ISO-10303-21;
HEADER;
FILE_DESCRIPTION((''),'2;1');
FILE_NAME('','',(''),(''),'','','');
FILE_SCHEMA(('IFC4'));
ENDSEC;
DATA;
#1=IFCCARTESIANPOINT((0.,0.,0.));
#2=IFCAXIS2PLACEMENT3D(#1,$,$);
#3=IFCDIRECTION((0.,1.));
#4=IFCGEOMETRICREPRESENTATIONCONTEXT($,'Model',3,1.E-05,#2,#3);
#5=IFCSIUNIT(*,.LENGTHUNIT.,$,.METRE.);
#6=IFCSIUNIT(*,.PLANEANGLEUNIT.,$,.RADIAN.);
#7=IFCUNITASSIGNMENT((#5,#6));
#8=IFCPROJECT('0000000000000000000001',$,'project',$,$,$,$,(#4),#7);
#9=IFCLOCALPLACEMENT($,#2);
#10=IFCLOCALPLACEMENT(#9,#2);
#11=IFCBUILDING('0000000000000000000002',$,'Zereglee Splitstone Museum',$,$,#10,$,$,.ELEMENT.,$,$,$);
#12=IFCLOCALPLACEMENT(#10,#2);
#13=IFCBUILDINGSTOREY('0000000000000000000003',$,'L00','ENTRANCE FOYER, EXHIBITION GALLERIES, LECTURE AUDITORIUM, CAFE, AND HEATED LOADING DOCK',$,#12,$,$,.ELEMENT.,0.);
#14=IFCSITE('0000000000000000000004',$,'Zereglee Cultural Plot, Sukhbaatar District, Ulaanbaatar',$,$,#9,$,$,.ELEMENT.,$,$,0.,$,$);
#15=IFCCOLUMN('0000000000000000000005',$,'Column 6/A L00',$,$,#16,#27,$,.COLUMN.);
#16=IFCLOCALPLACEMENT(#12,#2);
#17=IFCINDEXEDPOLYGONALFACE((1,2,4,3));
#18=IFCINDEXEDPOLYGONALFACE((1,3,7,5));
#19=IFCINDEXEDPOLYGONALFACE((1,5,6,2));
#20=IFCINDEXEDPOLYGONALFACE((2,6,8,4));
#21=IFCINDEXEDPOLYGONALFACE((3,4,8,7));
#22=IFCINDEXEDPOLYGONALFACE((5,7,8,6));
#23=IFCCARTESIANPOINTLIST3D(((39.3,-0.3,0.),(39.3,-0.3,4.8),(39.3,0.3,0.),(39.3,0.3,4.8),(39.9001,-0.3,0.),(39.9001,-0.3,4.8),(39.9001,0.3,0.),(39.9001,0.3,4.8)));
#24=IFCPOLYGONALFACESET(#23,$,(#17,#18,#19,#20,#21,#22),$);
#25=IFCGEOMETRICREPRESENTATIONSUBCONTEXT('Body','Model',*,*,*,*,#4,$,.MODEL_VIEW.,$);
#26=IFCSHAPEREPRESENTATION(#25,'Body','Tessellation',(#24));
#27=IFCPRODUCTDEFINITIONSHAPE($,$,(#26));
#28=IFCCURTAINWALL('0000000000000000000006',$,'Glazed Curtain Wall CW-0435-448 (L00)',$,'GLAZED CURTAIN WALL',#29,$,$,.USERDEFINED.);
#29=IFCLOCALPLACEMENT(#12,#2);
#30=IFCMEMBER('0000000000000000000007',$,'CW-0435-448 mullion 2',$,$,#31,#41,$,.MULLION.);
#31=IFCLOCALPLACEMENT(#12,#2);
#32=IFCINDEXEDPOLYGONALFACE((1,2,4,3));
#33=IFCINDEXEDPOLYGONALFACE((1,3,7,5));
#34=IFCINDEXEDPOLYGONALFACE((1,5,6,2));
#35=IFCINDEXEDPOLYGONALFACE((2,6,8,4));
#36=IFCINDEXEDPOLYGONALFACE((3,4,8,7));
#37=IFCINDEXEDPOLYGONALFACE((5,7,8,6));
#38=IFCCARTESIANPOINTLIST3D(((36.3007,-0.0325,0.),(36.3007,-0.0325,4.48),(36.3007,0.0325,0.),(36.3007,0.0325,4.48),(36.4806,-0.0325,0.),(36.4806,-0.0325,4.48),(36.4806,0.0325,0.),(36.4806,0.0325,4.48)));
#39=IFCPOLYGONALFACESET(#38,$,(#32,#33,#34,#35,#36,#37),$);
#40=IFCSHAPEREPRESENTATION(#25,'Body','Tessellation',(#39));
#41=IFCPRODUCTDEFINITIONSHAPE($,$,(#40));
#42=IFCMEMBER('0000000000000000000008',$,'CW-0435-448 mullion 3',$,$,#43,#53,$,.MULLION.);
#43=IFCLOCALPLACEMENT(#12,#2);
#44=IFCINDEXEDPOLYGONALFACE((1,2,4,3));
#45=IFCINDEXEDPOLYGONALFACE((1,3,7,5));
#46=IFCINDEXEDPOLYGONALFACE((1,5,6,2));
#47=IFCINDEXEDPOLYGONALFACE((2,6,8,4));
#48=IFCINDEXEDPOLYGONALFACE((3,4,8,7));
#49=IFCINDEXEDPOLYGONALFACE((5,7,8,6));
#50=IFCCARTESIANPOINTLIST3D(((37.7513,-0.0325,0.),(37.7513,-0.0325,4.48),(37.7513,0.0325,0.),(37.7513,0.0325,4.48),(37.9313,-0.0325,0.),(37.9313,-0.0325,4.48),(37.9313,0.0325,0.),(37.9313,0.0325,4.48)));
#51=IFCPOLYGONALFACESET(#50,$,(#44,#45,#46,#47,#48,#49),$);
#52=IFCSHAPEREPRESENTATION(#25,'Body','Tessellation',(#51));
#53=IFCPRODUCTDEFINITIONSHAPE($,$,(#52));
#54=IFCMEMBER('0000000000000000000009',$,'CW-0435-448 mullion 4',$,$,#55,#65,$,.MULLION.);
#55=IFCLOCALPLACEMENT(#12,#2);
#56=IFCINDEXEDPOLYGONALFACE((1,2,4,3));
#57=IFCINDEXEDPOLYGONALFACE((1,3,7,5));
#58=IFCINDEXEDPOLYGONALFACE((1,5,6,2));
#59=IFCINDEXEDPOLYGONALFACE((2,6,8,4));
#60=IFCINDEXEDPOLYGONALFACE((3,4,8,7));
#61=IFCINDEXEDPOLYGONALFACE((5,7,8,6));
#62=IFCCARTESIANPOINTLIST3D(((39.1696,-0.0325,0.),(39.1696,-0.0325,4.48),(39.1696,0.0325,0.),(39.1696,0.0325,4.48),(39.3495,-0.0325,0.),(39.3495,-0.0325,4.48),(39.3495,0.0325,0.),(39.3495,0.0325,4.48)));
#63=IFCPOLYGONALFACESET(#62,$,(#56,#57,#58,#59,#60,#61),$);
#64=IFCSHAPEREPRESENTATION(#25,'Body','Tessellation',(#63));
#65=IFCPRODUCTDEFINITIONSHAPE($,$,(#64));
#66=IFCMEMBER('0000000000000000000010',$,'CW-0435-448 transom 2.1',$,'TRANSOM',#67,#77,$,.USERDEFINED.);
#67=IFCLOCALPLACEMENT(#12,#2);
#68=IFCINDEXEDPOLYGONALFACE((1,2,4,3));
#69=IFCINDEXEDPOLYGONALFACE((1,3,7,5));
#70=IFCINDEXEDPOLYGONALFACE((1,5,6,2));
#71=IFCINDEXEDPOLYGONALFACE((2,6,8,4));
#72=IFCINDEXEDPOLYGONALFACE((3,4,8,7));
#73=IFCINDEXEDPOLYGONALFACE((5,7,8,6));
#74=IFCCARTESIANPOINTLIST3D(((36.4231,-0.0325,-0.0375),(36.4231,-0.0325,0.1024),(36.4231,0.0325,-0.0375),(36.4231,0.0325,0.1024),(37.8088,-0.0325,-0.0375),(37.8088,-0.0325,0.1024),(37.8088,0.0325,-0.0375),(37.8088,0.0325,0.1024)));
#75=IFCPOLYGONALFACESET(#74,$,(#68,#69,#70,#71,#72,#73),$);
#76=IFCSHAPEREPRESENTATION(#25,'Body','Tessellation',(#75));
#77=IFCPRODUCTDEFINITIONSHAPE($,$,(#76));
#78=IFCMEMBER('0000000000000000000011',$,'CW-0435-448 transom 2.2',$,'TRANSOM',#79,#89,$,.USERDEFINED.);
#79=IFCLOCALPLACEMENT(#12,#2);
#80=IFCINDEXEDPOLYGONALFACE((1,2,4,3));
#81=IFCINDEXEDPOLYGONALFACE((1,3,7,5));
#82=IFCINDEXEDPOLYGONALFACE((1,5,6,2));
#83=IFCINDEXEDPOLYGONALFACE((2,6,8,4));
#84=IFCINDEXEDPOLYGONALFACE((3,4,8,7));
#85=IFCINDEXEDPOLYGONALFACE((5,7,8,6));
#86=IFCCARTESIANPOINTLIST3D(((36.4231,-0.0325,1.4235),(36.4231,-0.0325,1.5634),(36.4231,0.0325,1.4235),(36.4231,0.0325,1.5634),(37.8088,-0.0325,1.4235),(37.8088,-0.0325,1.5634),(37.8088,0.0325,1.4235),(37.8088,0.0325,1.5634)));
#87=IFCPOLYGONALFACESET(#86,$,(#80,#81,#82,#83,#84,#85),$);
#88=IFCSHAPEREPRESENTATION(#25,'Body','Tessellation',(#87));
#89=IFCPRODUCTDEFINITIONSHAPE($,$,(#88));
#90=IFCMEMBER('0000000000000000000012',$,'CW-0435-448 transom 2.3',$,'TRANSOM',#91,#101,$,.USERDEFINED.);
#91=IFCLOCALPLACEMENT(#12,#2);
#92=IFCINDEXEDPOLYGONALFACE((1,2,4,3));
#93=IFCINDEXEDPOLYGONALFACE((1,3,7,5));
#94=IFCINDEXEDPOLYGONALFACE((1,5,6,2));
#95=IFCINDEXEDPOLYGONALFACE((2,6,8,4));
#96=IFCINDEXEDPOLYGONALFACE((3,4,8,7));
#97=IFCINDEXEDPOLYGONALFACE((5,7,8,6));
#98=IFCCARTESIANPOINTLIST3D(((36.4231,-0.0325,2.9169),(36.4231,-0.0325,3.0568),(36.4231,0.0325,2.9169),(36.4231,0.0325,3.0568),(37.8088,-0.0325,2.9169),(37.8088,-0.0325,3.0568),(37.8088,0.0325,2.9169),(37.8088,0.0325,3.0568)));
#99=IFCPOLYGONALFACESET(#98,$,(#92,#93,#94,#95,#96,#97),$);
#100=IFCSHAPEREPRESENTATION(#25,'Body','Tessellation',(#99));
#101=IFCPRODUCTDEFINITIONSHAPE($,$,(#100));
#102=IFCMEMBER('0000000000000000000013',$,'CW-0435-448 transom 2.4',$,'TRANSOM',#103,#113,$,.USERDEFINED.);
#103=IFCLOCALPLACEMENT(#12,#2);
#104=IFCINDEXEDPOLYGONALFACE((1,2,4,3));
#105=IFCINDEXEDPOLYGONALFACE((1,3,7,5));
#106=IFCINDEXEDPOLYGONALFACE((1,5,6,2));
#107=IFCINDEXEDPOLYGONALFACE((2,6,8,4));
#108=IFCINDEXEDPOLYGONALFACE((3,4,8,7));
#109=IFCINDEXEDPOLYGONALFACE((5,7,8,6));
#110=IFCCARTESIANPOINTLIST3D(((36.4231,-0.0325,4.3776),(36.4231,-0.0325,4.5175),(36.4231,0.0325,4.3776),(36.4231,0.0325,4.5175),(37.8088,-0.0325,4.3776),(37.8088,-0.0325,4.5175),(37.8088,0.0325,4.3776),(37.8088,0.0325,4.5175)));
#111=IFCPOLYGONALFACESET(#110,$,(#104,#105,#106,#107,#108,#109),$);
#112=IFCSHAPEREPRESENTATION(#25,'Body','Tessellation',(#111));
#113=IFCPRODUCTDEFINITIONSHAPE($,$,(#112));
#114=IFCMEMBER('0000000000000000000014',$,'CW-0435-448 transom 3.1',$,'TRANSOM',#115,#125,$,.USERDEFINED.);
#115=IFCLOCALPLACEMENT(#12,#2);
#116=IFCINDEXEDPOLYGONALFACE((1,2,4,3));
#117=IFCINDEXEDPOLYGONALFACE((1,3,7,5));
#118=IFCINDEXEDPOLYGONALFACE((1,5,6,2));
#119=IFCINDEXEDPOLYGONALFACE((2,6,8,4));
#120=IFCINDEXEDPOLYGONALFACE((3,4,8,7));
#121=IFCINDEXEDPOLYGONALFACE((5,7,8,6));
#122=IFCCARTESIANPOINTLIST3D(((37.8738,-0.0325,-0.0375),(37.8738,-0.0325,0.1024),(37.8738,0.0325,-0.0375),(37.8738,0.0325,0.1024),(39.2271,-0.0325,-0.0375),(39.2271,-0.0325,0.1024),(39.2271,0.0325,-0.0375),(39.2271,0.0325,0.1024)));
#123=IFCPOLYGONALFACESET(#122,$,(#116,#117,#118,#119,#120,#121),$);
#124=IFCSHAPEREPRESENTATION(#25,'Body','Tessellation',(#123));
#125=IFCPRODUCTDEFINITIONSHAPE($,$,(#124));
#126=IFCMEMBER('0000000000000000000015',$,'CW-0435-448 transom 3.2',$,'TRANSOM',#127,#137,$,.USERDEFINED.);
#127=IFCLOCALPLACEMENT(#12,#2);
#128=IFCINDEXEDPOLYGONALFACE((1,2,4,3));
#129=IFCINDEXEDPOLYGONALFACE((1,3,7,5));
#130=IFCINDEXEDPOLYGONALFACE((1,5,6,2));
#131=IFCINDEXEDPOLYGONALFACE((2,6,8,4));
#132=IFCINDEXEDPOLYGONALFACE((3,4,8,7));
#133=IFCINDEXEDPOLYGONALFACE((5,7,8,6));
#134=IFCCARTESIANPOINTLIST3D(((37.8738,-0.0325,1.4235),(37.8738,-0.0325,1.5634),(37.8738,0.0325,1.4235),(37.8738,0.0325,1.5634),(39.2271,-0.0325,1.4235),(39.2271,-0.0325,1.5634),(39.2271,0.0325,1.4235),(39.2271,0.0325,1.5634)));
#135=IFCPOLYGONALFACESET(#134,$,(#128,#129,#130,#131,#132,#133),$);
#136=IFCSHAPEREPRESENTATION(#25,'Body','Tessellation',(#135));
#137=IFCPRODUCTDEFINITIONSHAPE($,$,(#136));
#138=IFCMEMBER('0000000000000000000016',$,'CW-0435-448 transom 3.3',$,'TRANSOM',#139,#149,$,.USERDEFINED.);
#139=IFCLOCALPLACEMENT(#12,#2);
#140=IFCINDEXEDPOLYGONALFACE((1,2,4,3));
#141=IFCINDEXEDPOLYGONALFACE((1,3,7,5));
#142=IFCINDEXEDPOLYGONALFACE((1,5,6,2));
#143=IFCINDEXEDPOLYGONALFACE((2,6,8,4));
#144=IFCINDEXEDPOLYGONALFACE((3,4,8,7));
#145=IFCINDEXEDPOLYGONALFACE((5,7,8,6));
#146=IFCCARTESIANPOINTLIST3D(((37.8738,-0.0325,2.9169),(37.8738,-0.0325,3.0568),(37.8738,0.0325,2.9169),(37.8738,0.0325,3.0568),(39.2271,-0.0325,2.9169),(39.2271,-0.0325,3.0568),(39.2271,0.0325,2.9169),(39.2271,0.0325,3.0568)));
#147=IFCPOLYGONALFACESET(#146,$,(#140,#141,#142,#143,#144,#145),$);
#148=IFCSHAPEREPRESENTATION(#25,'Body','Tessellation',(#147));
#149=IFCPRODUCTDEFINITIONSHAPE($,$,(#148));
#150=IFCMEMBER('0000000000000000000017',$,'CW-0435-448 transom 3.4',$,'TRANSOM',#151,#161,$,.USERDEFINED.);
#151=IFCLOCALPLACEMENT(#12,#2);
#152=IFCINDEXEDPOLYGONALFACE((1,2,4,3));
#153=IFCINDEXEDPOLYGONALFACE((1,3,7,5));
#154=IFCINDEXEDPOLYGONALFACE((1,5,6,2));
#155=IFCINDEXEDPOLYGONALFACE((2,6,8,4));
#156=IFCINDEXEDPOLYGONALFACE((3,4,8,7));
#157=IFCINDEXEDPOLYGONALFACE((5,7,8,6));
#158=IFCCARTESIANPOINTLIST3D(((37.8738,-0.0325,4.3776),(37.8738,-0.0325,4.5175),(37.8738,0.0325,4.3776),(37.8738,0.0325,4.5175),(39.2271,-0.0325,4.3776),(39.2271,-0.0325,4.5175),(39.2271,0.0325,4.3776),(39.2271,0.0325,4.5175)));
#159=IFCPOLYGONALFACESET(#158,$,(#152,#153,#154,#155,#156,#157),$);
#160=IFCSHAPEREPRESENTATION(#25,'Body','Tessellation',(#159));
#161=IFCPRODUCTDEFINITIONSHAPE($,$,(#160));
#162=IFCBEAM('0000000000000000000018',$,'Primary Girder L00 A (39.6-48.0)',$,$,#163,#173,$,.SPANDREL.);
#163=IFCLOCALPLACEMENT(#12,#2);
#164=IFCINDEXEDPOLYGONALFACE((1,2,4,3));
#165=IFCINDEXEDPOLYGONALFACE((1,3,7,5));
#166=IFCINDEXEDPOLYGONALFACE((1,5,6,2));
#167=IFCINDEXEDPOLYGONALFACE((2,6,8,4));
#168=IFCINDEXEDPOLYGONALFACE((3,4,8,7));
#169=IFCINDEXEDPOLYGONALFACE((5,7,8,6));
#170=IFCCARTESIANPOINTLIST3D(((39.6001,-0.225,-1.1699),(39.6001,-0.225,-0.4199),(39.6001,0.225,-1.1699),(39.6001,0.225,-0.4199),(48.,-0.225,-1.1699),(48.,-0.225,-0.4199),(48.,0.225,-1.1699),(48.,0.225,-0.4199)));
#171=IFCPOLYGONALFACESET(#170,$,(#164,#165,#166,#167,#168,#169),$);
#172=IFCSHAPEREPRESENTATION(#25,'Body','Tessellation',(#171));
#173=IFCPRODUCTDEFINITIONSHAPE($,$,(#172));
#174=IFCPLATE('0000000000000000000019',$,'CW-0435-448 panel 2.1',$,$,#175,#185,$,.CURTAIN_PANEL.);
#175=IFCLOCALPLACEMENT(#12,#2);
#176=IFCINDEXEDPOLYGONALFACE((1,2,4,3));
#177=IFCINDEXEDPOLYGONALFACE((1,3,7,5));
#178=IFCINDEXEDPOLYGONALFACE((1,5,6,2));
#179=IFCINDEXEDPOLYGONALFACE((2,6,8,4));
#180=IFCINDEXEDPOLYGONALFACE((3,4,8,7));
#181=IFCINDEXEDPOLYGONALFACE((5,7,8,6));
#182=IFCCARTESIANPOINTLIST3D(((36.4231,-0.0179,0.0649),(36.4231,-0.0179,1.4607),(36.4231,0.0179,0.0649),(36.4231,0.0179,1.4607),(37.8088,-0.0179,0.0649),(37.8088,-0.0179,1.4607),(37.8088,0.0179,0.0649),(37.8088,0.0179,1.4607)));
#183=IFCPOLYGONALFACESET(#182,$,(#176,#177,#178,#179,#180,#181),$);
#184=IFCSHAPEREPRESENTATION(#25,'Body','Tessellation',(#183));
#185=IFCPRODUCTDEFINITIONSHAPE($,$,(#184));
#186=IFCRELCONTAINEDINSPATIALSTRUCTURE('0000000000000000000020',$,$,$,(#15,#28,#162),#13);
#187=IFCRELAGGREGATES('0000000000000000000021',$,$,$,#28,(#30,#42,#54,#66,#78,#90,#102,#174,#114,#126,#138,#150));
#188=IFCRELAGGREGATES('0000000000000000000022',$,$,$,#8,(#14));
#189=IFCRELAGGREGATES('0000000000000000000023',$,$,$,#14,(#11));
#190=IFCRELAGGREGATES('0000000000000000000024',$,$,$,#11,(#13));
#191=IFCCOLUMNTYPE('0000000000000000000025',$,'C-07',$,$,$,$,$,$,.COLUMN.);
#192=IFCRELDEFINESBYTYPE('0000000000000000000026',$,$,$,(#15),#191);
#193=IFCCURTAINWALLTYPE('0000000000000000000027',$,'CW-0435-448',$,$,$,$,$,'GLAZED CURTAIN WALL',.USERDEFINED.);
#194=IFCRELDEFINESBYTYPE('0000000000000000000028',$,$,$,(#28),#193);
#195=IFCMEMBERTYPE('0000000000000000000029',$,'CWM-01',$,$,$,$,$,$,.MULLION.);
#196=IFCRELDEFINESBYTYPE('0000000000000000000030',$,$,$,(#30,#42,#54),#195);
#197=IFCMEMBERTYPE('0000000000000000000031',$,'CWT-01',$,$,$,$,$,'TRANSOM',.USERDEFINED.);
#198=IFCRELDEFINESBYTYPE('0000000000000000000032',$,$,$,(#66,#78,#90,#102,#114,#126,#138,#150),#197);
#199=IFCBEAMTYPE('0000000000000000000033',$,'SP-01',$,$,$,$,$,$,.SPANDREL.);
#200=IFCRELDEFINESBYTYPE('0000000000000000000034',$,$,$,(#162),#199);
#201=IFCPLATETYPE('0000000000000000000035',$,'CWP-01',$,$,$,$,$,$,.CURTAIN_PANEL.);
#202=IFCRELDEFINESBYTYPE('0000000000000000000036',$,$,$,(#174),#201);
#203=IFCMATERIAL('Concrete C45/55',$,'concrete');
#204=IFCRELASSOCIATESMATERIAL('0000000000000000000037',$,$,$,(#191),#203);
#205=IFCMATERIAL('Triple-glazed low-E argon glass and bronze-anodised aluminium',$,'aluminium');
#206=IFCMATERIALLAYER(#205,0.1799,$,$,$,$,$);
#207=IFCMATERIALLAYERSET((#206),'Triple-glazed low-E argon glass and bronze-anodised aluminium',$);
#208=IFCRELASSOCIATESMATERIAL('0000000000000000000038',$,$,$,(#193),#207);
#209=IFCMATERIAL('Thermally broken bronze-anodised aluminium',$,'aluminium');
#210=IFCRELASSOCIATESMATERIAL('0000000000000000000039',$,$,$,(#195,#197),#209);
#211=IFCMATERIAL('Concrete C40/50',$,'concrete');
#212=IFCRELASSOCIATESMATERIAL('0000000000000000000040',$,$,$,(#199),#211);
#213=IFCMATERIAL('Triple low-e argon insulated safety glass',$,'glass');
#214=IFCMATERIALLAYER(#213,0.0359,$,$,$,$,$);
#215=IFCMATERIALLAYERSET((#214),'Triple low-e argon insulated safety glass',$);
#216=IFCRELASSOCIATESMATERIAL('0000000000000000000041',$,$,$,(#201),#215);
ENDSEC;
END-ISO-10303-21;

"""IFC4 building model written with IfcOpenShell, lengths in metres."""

from ifc_helpers import new_model, si_unit, direction, frame, origin, origin_2d, place, context, subcontext, project, spatial, rectangle, extrude, material, layer, layer_set, material_profile, profile_set, type_object, element, aggregate, save


model = new_model("IFC4")

# Units and contexts
model_context = context("Model", 3, precision=1e-05, world=origin(), true_north=direction((0.0, 1.0)))
body_context = subcontext(model_context, "Body", "Model", "MODEL_VIEW")
ifc_project = project(units=[si_unit("LENGTHUNIT", "METRE"), si_unit("PLANEANGLEUNIT", "RADIAN")], contexts=[model_context])

# Site, building, storey
site_placement = place(None, origin())
site = spatial("IfcSite", under=ifc_project, at=site_placement, Name="Zereglee Cultural Plot, Sukhbaatar District, Ulaanbaatar", CompositionType="ELEMENT", RefElevation=0.0)
building_placement = place(site_placement, origin())
building = spatial("IfcBuilding", under=site, at=building_placement, Name="Zereglee Splitstone Museum", CompositionType="ELEMENT")
storey_placement = place(building_placement, origin())
storey = spatial("IfcBuildingStorey", under=building, at=storey_placement, Name="L00", Description="ENTRANCE FOYER, EXHIBITION GALLERIES, LECTURE AUDITORIUM, CAFE, AND HEATED LOADING DOCK", CompositionType="ELEMENT", Elevation=0.0)

# Column
ifc_material_1 = material(Name="Concrete C45/55", Category="concrete")
ifc_material_profile_1 = material_profile(ifc_material_1, rectangle(XDim=0.6001, YDim=0.6001, at=origin_2d()), Name="RC 600x600")
ifc_profile_set_1 = profile_set([ifc_material_profile_1], Name="Concrete C45/55")
column_type = type_object("IfcColumnType", Name="C-07", PredefinedType="COLUMN", material=ifc_profile_set_1)
column_placement = place(storey_placement, frame((39.6001, 0.0, 0.0), z_axis=(0.0, 0.0, 1.0), x_axis=(1.0, 0.0, 0.0)))
element("IfcColumn", 1, at=column_placement, inside=storey, type_object=column_type, Name="Column 6/A L00", PredefinedType="COLUMN", context=body_context, shape_type="SweptSolid", body=[
    extrude(rectangle(XDim=0.6001, YDim=0.6001, at=origin_2d()), origin(), (0.0, 0.0, 1.0), 4.8),
])

# Curtain wall, members
ifc_material_2 = material(Name="Triple-glazed low-E argon glass and bronze-anodised aluminium", Category="aluminium")
ifc_layer_1 = layer(ifc_material_2, 0.1799)
ifc_layer_set_1 = layer_set([ifc_layer_1], Name="Triple-glazed low-E argon glass and bronze-anodised aluminium")
curtain_wall_type = type_object("IfcCurtainWallType", Name="CW-0435-448", ElementType="GLAZED CURTAIN WALL", PredefinedType="USERDEFINED", material=ifc_layer_set_1)
curtain_wall_placement = place(storey_placement, origin())
curtain_wall = element("IfcCurtainWall", 2, at=curtain_wall_placement, inside=storey, type_object=curtain_wall_type, Name="Glazed Curtain Wall CW-0435-448 (L00)", ObjectType="GLAZED CURTAIN WALL", PredefinedType="USERDEFINED")
ifc_material_3 = material(Name="Thermally broken bronze-anodised aluminium", Category="aluminium")
ifc_material_profile_2 = material_profile(ifc_material_3, rectangle(XDim=0.0649, YDim=0.1799, at=origin_2d()), Name="CW MULL 65x180")
ifc_profile_set_2 = profile_set([ifc_material_profile_2], Name="Thermally broken bronze-anodised aluminium")
member_type_1 = type_object("IfcMemberType", Name="CWM-01", PredefinedType="MULLION", material=ifc_profile_set_2)
member_1_placement = place(storey_placement, frame((36.3906, 0.0, 0.0), z_axis=(0.0, 0.0, 1.0), x_axis=(0.0, 1.0, 0.0)))
member_1 = element("IfcMember", 3, at=member_1_placement, type_object=member_type_1, Name="CW-0435-448 mullion 2", PredefinedType="MULLION", context=body_context, shape_type="SweptSolid", body=[
    extrude(rectangle(XDim=0.0649, YDim=0.1799, at=origin_2d()), origin(), (0.0, 0.0, 1.0), 4.48),
])
member_2_placement = place(storey_placement, frame((37.8413, 0.0, 0.0), z_axis=(0.0, 0.0, 1.0), x_axis=(0.0, 1.0, 0.0)))
member_2 = element("IfcMember", 4, at=member_2_placement, type_object=member_type_1, Name="CW-0435-448 mullion 3", PredefinedType="MULLION", context=body_context, shape_type="SweptSolid", body=[
    extrude(rectangle(XDim=0.0649, YDim=0.1799, at=origin_2d()), origin(), (0.0, 0.0, 1.0), 4.48),
])
member_3_placement = place(storey_placement, frame((39.2595, 0.0, 0.0), z_axis=(0.0, 0.0, 1.0), x_axis=(0.0, 1.0, 0.0)))
member_3 = element("IfcMember", 5, at=member_3_placement, type_object=member_type_1, Name="CW-0435-448 mullion 4", PredefinedType="MULLION", context=body_context, shape_type="SweptSolid", body=[
    extrude(rectangle(XDim=0.0649, YDim=0.1799, at=origin_2d()), origin(), (0.0, 0.0, 1.0), 4.48),
])
ifc_material_profile_3 = material_profile(ifc_material_3, rectangle(XDim=0.0649, YDim=0.1399, at=origin_2d()), Name="CW TRAN 65x140")
ifc_profile_set_3 = profile_set([ifc_material_profile_3], Name="Thermally broken bronze-anodised aluminium")
member_type_2 = type_object("IfcMemberType", Name="CWT-01", ElementType="TRANSOM", PredefinedType="USERDEFINED", material=ifc_profile_set_3)
member_4_placement = place(storey_placement, frame((36.4231, 0.0, 0.0325), z_axis=(1.0, 0.0, 0.0), x_axis=(0.0, 1.0, 0.0)))
member_4 = element("IfcMember", 6, at=member_4_placement, type_object=member_type_2, Name="CW-0435-448 transom 2.1", ObjectType="TRANSOM", PredefinedType="USERDEFINED", context=body_context, shape_type="SweptSolid", body=[
    extrude(rectangle(XDim=0.0649, YDim=0.1399, at=origin_2d()), origin(), (0.0, 0.0, 1.0), 1.3857),
])
member_5_placement = place(storey_placement, frame((36.4231, 0.0, 1.4934), z_axis=(1.0, 0.0, 0.0), x_axis=(0.0, 1.0, 0.0)))
member_5 = element("IfcMember", 7, at=member_5_placement, type_object=member_type_2, Name="CW-0435-448 transom 2.2", ObjectType="TRANSOM", PredefinedType="USERDEFINED", context=body_context, shape_type="SweptSolid", body=[
    extrude(rectangle(XDim=0.0649, YDim=0.1399, at=origin_2d()), origin(), (0.0, 0.0, 1.0), 1.3857),
])
member_6_placement = place(storey_placement, frame((36.4231, 0.0, 2.9868), z_axis=(1.0, 0.0, 0.0), x_axis=(0.0, 1.0, 0.0)))
member_6 = element("IfcMember", 8, at=member_6_placement, type_object=member_type_2, Name="CW-0435-448 transom 2.3", ObjectType="TRANSOM", PredefinedType="USERDEFINED", context=body_context, shape_type="SweptSolid", body=[
    extrude(rectangle(XDim=0.0649, YDim=0.1399, at=origin_2d()), origin(), (0.0, 0.0, 1.0), 1.3857),
])
member_7_placement = place(storey_placement, frame((36.4231, 0.0, 4.4475), z_axis=(1.0, 0.0, 0.0), x_axis=(0.0, 1.0, 0.0)))
member_7 = element("IfcMember", 9, at=member_7_placement, type_object=member_type_2, Name="CW-0435-448 transom 2.4", ObjectType="TRANSOM", PredefinedType="USERDEFINED", context=body_context, shape_type="SweptSolid", body=[
    extrude(rectangle(XDim=0.0649, YDim=0.1399, at=origin_2d()), origin(), (0.0, 0.0, 1.0), 1.3857),
])
member_8_placement = place(storey_placement, frame((37.8738, 0.0, 0.0325), z_axis=(1.0, 0.0, 0.0), x_axis=(0.0, 1.0, 0.0)))
member_8 = element("IfcMember", 10, at=member_8_placement, type_object=member_type_2, Name="CW-0435-448 transom 3.1", ObjectType="TRANSOM", PredefinedType="USERDEFINED", context=body_context, shape_type="SweptSolid", body=[
    extrude(rectangle(XDim=0.0649, YDim=0.1399, at=origin_2d()), origin(), (0.0, 0.0, 1.0), 1.3533),
])
member_9_placement = place(storey_placement, frame((37.8738, 0.0, 1.4934), z_axis=(1.0, 0.0, 0.0), x_axis=(0.0, 1.0, 0.0)))
member_9 = element("IfcMember", 11, at=member_9_placement, type_object=member_type_2, Name="CW-0435-448 transom 3.2", ObjectType="TRANSOM", PredefinedType="USERDEFINED", context=body_context, shape_type="SweptSolid", body=[
    extrude(rectangle(XDim=0.0649, YDim=0.1399, at=origin_2d()), origin(), (0.0, 0.0, 1.0), 1.3533),
])
member_10_placement = place(storey_placement, frame((37.8738, 0.0, 2.9868), z_axis=(1.0, 0.0, 0.0), x_axis=(0.0, 1.0, 0.0)))
member_10 = element("IfcMember", 12, at=member_10_placement, type_object=member_type_2, Name="CW-0435-448 transom 3.3", ObjectType="TRANSOM", PredefinedType="USERDEFINED", context=body_context, shape_type="SweptSolid", body=[
    extrude(rectangle(XDim=0.0649, YDim=0.1399, at=origin_2d()), origin(), (0.0, 0.0, 1.0), 1.3533),
])
member_11_placement = place(storey_placement, frame((37.8738, 0.0, 4.4475), z_axis=(1.0, 0.0, 0.0), x_axis=(0.0, 1.0, 0.0)))
member_11 = element("IfcMember", 13, at=member_11_placement, type_object=member_type_2, Name="CW-0435-448 transom 3.4", ObjectType="TRANSOM", PredefinedType="USERDEFINED", context=body_context, shape_type="SweptSolid", body=[
    extrude(rectangle(XDim=0.0649, YDim=0.1399, at=origin_2d()), origin(), (0.0, 0.0, 1.0), 1.3533),
])

# Beam
ifc_material_4 = material(Name="Concrete C40/50", Category="concrete")
ifc_material_profile_4 = material_profile(ifc_material_4, rectangle(XDim=0.45, YDim=0.75, at=origin_2d()), Name="RC 450x750")
ifc_profile_set_4 = profile_set([ifc_material_profile_4], Name="Concrete C40/50")
beam_type = type_object("IfcBeamType", Name="SP-01", PredefinedType="SPANDREL", material=ifc_profile_set_4)
beam_placement = place(storey_placement, frame((39.6001, 0.0, -0.7949), z_axis=(1.0, 0.0, 0.0), x_axis=(0.0, 1.0, 0.0)))
element("IfcBeam", 14, at=beam_placement, inside=storey, type_object=beam_type, Name="Primary Girder L00 A (39.6-48.0)", PredefinedType="SPANDREL", context=body_context, shape_type="SweptSolid", body=[
    extrude(rectangle(XDim=0.45, YDim=0.75, at=origin_2d()), origin(), (0.0, 0.0, 1.0), 8.3999),
])

# Plate
ifc_material_5 = material(Name="Triple low-e argon insulated safety glass", Category="glass")
ifc_layer_2 = layer(ifc_material_5, 0.0359)
ifc_layer_set_2 = layer_set([ifc_layer_2], Name="Triple low-e argon insulated safety glass")
plate_type = type_object("IfcPlateType", Name="CWP-01", PredefinedType="CURTAIN_PANEL", material=ifc_layer_set_2)
plate_1_placement = place(storey_placement, frame((37.116, 0.0, 0.0649), z_axis=(0.0, 0.0, 1.0), x_axis=(1.0, 0.0, 0.0)))
plate_1 = element("IfcPlate", 15, at=plate_1_placement, type_object=plate_type, Name="CW-0435-448 panel 2.1", PredefinedType="CURTAIN_PANEL", context=body_context, shape_type="SweptSolid", body=[
    extrude(rectangle(XDim=1.3857, YDim=0.0359, at=origin_2d()), origin(), (0.0, 0.0, 1.0), 1.3958),
])
aggregate(curtain_wall, [member_1, member_2, member_3, member_4, member_5, member_6, member_7, plate_1, member_8, member_9, member_10, member_11])

save(model, "model.ifc")
